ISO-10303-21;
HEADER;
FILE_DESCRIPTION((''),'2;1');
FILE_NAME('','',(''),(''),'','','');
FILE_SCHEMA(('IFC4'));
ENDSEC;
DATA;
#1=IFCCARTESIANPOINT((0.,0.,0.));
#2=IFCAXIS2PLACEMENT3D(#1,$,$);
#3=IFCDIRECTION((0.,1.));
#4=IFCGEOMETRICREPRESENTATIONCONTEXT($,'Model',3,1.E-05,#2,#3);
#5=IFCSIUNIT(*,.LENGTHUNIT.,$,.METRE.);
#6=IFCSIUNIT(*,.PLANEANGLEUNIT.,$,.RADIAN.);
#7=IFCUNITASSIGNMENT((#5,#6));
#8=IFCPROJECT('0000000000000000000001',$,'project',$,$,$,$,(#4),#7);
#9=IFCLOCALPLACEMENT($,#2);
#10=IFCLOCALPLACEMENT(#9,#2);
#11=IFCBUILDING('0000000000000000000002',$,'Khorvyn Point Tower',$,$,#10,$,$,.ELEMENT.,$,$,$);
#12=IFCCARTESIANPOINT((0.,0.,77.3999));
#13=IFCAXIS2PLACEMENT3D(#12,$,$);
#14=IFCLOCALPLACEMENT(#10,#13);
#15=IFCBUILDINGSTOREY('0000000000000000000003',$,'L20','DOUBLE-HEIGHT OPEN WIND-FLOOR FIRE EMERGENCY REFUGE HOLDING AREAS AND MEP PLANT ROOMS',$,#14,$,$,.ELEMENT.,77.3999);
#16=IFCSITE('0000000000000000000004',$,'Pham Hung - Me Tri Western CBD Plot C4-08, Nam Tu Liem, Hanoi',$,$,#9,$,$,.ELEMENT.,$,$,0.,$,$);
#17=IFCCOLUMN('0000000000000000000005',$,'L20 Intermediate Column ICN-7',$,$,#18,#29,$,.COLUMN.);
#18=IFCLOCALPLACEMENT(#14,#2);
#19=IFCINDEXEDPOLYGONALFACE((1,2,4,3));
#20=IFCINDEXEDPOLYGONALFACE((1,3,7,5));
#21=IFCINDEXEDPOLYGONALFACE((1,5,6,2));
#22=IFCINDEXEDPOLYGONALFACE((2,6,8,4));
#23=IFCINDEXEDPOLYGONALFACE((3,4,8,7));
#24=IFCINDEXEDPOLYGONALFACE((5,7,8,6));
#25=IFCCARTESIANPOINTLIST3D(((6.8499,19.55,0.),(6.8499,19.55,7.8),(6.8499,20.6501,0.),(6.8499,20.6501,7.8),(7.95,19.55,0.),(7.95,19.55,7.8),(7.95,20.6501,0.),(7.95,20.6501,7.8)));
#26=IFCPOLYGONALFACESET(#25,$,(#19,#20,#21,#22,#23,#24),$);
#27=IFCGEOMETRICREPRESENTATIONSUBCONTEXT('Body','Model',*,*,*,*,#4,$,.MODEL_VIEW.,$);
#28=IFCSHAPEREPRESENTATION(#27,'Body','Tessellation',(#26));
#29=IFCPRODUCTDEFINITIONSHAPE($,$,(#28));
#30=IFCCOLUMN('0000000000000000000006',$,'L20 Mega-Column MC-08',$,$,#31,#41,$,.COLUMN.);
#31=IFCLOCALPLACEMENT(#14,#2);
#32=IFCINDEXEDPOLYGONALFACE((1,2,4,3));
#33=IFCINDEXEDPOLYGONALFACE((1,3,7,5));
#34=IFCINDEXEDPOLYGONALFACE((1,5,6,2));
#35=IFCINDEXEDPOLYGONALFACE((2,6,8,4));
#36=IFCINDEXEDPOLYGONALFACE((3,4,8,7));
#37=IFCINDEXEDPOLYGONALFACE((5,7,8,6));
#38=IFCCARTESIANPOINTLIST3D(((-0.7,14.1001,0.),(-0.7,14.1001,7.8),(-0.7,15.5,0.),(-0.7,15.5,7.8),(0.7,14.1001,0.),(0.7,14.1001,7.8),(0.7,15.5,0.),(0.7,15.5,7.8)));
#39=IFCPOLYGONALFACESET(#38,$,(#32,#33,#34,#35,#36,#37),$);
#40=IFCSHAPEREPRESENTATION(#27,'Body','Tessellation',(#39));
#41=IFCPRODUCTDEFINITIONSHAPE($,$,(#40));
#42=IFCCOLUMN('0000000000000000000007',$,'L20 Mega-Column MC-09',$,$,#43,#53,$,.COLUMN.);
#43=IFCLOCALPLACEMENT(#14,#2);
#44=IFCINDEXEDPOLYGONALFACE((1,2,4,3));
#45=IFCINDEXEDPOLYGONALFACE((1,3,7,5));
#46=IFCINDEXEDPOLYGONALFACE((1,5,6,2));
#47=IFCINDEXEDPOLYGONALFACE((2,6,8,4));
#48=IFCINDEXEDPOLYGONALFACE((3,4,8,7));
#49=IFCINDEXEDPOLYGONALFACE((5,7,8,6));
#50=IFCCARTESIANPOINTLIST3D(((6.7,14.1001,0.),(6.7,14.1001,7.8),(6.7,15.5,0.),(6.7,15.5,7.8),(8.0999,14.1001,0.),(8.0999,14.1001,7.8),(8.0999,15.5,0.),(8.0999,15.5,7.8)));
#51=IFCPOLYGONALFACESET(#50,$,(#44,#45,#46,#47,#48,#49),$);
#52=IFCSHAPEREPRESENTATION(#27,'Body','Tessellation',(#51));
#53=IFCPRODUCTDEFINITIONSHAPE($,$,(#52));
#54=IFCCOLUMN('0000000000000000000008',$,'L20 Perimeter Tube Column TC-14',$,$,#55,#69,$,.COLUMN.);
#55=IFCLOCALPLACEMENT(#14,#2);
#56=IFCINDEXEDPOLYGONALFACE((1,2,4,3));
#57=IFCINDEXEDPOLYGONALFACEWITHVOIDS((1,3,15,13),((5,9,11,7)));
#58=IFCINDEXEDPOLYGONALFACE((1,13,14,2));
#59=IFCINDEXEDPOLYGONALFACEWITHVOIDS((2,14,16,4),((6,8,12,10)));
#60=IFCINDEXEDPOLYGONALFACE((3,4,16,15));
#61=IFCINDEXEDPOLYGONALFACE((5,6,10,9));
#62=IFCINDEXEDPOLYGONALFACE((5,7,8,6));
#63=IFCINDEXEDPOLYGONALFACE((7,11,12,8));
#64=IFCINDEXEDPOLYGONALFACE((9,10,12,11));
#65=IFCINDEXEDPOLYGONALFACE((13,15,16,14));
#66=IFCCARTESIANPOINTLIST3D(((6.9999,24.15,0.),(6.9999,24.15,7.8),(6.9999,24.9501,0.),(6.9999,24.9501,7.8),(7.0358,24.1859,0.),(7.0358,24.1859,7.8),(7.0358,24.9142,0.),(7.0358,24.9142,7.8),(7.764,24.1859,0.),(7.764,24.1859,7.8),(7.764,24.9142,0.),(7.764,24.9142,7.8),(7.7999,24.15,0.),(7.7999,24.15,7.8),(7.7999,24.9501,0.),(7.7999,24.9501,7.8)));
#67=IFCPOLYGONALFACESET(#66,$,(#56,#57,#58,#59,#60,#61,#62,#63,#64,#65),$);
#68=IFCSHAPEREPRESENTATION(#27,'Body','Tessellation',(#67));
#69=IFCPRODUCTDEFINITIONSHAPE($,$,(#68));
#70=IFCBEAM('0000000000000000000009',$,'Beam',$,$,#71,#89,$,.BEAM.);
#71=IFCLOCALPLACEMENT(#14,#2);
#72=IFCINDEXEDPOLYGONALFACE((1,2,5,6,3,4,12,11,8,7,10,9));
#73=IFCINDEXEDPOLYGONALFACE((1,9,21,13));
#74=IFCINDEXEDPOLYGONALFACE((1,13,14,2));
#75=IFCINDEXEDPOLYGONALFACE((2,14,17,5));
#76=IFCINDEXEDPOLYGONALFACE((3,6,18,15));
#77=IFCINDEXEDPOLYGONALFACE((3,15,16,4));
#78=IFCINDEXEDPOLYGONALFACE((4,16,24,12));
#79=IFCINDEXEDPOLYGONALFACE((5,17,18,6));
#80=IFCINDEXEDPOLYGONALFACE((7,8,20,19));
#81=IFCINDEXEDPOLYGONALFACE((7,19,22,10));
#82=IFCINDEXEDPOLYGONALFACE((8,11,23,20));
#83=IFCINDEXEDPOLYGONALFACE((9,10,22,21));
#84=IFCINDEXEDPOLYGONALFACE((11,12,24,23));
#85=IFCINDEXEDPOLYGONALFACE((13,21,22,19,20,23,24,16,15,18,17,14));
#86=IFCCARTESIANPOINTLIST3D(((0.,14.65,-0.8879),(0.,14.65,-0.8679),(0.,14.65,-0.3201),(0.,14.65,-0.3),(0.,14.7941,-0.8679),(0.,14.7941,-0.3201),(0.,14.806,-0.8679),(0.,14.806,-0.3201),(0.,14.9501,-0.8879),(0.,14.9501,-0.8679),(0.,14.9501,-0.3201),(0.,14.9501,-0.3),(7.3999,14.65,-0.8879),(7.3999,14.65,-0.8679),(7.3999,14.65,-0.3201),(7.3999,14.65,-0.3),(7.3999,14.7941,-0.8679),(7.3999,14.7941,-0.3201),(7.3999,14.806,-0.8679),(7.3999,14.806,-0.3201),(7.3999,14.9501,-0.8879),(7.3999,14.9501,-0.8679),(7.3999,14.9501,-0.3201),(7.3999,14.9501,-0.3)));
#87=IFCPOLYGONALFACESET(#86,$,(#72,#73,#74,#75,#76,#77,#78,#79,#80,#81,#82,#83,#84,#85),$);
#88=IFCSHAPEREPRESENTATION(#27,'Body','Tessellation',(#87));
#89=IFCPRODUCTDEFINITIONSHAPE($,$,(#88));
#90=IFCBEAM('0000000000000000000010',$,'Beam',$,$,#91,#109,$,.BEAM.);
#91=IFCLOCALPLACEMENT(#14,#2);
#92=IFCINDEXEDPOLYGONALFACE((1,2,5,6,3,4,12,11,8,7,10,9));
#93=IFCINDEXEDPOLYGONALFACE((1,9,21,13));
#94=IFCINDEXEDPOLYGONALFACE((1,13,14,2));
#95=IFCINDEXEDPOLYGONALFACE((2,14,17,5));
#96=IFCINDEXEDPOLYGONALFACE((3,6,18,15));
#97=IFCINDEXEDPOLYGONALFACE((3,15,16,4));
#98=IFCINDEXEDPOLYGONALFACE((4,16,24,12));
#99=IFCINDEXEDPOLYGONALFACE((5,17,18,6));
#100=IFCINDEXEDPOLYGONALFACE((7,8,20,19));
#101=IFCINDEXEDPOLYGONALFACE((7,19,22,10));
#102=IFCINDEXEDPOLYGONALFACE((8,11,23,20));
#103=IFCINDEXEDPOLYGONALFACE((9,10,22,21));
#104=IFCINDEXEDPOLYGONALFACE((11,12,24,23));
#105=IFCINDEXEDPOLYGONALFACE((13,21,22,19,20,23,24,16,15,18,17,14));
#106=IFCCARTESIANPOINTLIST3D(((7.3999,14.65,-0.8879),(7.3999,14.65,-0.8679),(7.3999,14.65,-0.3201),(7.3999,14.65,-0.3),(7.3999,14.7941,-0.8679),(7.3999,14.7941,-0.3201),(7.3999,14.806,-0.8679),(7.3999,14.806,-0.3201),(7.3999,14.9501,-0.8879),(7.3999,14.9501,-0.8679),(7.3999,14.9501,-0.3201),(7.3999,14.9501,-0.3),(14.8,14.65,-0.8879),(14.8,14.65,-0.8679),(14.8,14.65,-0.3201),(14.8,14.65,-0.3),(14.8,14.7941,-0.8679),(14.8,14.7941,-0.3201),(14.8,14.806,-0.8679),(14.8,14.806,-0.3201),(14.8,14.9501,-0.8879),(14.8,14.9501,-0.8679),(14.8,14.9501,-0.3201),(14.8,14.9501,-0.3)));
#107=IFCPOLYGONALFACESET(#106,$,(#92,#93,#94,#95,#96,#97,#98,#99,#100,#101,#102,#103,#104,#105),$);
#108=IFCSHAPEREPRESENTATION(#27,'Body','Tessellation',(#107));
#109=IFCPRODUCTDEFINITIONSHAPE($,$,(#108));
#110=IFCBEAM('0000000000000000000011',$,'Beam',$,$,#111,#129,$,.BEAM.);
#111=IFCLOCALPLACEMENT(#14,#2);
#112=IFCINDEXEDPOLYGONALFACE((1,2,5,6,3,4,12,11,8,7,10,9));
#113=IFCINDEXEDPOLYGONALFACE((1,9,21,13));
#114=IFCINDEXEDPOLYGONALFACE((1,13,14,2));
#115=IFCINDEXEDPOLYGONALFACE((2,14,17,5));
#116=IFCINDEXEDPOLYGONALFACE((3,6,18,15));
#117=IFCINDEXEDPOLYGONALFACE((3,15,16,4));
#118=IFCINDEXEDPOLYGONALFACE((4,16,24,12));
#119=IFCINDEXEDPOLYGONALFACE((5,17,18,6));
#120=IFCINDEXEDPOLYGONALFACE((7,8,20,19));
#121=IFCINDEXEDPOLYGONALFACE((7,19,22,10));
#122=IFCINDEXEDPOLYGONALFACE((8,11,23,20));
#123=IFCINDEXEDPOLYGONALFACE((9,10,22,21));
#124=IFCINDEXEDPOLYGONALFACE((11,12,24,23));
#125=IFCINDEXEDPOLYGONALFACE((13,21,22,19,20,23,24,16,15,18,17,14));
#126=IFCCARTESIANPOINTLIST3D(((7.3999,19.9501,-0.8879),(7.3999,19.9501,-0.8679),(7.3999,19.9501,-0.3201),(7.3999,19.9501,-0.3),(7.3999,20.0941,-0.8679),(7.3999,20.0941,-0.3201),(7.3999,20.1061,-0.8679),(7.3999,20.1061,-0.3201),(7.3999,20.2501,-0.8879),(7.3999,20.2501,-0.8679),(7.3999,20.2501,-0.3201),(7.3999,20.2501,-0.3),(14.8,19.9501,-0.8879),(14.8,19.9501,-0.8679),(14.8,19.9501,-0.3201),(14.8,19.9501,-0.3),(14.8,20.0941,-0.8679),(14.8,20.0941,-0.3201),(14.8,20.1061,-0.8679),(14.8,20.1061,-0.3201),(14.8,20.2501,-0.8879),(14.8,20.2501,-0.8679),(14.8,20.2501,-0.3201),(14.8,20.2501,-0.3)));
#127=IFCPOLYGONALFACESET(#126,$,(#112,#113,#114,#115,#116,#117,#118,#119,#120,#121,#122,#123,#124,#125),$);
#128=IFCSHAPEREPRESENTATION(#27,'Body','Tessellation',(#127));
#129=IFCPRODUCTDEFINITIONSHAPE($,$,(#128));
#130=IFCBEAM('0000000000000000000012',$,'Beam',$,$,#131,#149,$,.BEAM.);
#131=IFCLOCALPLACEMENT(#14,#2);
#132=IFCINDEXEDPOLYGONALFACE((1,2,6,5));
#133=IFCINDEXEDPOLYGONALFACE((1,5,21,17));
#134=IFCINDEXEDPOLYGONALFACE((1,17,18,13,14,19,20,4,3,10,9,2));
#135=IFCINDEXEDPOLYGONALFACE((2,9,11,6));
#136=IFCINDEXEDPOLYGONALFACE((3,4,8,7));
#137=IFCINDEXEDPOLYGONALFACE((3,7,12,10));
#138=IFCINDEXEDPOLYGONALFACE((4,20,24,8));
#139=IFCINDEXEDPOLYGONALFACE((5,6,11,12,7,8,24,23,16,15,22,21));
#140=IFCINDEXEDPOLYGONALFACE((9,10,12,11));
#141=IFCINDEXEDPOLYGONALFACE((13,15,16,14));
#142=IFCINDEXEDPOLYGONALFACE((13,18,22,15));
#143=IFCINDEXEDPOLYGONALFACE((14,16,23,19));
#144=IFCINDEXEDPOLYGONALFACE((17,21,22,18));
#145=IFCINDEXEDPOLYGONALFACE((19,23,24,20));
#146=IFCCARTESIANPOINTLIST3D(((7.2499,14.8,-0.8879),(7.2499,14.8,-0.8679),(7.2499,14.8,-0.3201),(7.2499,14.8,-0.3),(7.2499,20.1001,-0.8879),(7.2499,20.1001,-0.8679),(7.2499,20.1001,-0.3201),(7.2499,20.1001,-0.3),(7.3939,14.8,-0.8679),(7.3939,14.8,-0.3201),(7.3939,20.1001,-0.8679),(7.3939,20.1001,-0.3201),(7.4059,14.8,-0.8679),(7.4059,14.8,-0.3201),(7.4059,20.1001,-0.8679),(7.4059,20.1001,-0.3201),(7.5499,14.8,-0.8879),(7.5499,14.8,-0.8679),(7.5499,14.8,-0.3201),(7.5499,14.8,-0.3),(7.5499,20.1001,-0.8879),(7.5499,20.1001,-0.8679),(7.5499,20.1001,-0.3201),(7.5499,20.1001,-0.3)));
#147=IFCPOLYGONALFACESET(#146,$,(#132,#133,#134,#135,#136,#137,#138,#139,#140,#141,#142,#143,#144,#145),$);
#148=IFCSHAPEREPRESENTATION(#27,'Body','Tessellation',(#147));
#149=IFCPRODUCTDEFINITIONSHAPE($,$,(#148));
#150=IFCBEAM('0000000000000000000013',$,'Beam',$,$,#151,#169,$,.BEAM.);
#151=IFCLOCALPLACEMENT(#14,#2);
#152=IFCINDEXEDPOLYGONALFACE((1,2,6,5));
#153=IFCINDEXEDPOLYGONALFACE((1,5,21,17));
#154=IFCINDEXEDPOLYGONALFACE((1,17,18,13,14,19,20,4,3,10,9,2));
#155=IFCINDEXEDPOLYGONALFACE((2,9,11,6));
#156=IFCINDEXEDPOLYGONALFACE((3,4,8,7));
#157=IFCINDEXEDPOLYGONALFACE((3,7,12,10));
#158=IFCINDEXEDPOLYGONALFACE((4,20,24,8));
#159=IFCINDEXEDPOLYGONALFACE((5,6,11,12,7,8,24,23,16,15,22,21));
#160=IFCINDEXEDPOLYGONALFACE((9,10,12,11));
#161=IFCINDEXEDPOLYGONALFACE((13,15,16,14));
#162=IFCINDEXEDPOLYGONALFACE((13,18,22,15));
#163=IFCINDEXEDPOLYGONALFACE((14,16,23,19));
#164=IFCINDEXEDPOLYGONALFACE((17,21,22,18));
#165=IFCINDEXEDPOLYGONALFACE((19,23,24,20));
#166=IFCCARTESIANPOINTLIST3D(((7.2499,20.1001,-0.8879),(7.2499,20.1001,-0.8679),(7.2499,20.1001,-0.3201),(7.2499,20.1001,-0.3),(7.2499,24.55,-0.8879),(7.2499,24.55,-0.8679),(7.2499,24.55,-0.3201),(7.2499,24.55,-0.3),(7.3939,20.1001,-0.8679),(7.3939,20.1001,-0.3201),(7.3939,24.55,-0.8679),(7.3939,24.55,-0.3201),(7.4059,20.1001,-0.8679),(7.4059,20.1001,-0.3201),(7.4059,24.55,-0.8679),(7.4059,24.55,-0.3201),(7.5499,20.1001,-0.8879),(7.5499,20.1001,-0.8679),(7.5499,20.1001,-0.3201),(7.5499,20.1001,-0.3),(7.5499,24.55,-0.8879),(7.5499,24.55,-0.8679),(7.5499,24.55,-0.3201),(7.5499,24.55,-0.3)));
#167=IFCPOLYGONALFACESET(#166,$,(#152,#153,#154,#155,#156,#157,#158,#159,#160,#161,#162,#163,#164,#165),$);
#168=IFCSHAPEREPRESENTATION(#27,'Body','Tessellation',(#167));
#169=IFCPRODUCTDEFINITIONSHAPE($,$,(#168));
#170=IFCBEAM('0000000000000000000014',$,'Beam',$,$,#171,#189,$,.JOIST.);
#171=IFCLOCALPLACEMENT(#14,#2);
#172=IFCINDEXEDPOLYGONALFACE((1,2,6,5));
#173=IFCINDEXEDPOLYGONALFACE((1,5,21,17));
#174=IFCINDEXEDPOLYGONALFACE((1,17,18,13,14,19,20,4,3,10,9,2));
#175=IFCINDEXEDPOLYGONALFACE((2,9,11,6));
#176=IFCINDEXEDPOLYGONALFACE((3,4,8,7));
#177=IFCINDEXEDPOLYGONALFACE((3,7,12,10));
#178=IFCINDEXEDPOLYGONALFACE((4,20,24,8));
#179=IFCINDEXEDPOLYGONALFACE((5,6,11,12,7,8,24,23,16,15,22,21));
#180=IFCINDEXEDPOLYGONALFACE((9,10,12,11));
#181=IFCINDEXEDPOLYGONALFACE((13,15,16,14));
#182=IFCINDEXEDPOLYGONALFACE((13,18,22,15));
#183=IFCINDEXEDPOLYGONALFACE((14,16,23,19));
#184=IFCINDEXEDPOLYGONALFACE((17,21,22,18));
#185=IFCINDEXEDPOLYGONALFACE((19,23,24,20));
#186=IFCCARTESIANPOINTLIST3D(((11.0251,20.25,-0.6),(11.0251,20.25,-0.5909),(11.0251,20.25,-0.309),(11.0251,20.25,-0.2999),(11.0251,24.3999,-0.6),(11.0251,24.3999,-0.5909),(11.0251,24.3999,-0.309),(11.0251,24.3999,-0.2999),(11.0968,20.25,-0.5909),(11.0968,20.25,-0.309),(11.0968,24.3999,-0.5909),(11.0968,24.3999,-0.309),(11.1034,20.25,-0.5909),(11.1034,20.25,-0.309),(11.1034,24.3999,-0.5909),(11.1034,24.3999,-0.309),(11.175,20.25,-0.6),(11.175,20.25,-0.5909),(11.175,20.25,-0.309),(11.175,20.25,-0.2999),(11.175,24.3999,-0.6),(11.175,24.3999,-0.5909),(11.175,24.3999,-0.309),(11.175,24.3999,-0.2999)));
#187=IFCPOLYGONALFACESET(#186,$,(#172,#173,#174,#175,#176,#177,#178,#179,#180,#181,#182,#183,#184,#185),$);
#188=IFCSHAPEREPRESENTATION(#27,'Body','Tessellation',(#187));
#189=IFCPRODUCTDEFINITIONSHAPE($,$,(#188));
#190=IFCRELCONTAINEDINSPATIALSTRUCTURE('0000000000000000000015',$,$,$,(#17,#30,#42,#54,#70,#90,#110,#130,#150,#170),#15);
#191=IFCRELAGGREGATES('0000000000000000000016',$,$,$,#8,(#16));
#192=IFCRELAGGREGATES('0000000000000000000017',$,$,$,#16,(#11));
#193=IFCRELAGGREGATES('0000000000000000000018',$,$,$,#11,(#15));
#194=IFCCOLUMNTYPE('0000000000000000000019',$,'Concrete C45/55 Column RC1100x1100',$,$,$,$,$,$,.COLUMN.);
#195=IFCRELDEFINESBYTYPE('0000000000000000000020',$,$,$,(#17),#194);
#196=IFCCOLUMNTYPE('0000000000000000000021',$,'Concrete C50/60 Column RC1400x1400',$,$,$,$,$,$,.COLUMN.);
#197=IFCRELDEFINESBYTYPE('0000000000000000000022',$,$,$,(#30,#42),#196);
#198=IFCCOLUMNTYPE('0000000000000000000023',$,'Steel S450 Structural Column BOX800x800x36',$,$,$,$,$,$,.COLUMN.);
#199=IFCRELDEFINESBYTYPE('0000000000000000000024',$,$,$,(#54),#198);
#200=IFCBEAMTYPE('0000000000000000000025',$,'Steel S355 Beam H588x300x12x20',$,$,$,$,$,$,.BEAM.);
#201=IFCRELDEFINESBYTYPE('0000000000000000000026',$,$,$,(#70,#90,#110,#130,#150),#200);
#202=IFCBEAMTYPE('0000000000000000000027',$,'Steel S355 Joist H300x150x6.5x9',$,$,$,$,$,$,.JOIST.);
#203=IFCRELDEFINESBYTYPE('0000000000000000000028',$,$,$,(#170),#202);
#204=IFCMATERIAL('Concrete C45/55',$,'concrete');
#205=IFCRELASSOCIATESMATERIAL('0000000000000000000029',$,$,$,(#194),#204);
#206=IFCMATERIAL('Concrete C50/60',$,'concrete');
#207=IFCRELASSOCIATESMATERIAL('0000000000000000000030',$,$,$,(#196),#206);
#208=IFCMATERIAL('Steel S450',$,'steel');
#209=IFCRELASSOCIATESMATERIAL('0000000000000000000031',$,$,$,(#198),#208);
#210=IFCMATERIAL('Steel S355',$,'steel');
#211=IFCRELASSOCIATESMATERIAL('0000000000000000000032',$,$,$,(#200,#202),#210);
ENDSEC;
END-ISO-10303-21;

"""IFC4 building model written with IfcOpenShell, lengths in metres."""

from ifc_helpers import new_model, si_unit, direction, frame, origin, origin_2d, place, context, subcontext, project, spatial, rectangle, hollow_rectangle, i_section, extrude, material, material_profile, profile_set, type_object, element, save


model = new_model("IFC4")

# Units and contexts
model_context = context("Model", 3, precision=1e-05, world=origin(), true_north=direction((0.0, 1.0)))
body_context = subcontext(model_context, "Body", "Model", "MODEL_VIEW")
ifc_project = project(units=[si_unit("LENGTHUNIT", "METRE"), si_unit("PLANEANGLEUNIT", "RADIAN")], contexts=[model_context])

# Site, building, storey
site_placement = place(None, origin())
site = spatial("IfcSite", under=ifc_project, at=site_placement, Name="Pham Hung - Me Tri Western CBD Plot C4-08, Nam Tu Liem, Hanoi", CompositionType="ELEMENT", RefElevation=0.0)
building_placement = place(site_placement, origin())
building = spatial("IfcBuilding", under=site, at=building_placement, Name="Khorvyn Point Tower", CompositionType="ELEMENT")
storey_placement = place(building_placement, frame((0.0, 0.0, 77.3999)))
storey = spatial("IfcBuildingStorey", under=building, at=storey_placement, Name="L20", Description="DOUBLE-HEIGHT OPEN WIND-FLOOR FIRE EMERGENCY REFUGE HOLDING AREAS AND MEP PLANT ROOMS", CompositionType="ELEMENT", Elevation=77.3999)

# Columns
ifc_material_1 = material(Name="Concrete C45/55", Category="concrete")
ifc_material_profile_1 = material_profile(ifc_material_1, rectangle(XDim=1.1001, YDim=1.1001, at=origin_2d()))
ifc_profile_set_1 = profile_set([ifc_material_profile_1], Name="Concrete C45/55 RC1100x1100")
column_type_1 = type_object("IfcColumnType", Name="Concrete C45/55 Column RC1100x1100", PredefinedType="COLUMN", material=ifc_profile_set_1)
column_1_placement = place(storey_placement, frame((7.3999, 20.1001, 0.0), z_axis=(0.0, 0.0, 1.0), x_axis=(1.0, 0.0, 0.0)))
element("IfcColumn", 1, at=column_1_placement, inside=storey, type_object=column_type_1, Name="L20 Intermediate Column ICN-7", PredefinedType="COLUMN", context=body_context, shape_type="SweptSolid", body=[
    extrude(rectangle(XDim=1.1001, YDim=1.1001, at=origin_2d()), origin(), (0.0, 0.0, 1.0), 7.8),
])
ifc_material_2 = material(Name="Concrete C50/60", Category="concrete")
ifc_material_profile_2 = material_profile(ifc_material_2, rectangle(XDim=1.3999, YDim=1.3999, at=origin_2d()))
ifc_profile_set_2 = profile_set([ifc_material_profile_2], Name="Concrete C50/60 RC1400x1400")
column_type_2 = type_object("IfcColumnType", Name="Concrete C50/60 Column RC1400x1400", PredefinedType="COLUMN", material=ifc_profile_set_2)
for number, where, z_axis, x_axis, name in (
    (2, (0.0, 14.8, 0.0), (0.0, 0.0, 1.0), (1.0, 0.0, 0.0), "L20 Mega-Column MC-08"),
    (3, (7.3999, 14.8, 0.0), (0.0, 0.0, 1.0), (1.0, 0.0, 0.0), "L20 Mega-Column MC-09"),
):
    element("IfcColumn", number, at=place(storey_placement, frame(where, z_axis=z_axis, x_axis=x_axis)), inside=storey, type_object=column_type_2, Name=name, PredefinedType="COLUMN", context=body_context, shape_type="SweptSolid", body=[
        extrude(rectangle(XDim=1.3999, YDim=1.3999, at=origin_2d()), origin(), (0.0, 0.0, 1.0), 7.8),
    ])
ifc_material_3 = material(Name="Steel S450", Category="steel")
ifc_material_profile_3 = material_profile(ifc_material_3, hollow_rectangle(XDim=0.8, YDim=0.8, WallThickness=0.0359, at=origin_2d()))
ifc_profile_set_3 = profile_set([ifc_material_profile_3], Name="Steel S450 BOX800x800x36")
column_type_3 = type_object("IfcColumnType", Name="Steel S450 Structural Column BOX800x800x36", PredefinedType="COLUMN", material=ifc_profile_set_3)
column_2_placement = place(storey_placement, frame((7.3999, 24.55, 0.0), z_axis=(0.0, 0.0, 1.0), x_axis=(1.0, 0.0, 0.0)))
element("IfcColumn", 4, at=column_2_placement, inside=storey, type_object=column_type_3, Name="L20 Perimeter Tube Column TC-14", PredefinedType="COLUMN", context=body_context, shape_type="SweptSolid", body=[
    extrude(hollow_rectangle(XDim=0.8, YDim=0.8, WallThickness=0.0359, at=origin_2d()), origin(), (0.0, 0.0, 1.0), 7.8),
])

# Beams
ifc_material_4 = material(Name="Steel S355", Category="steel")
ifc_material_profile_4 = material_profile(ifc_material_4, i_section(OverallWidth=0.3, OverallDepth=0.5879, WebThickness=0.012, FlangeThickness=0.02, at=origin_2d()))
ifc_profile_set_4 = profile_set([ifc_material_profile_4], Name="Steel S355 H588x300x12x20")
beam_type_1 = type_object("IfcBeamType", Name="Steel S355 Beam H588x300x12x20", PredefinedType="BEAM", material=ifc_profile_set_4)
beam_1_placement = place(storey_placement, frame((0.0, 14.8, -0.594), z_axis=(1.0, 0.0, 0.0), x_axis=(0.0, 1.0, 0.0)))
element("IfcBeam", 5, at=beam_1_placement, inside=storey, type_object=beam_type_1, Name="Beam", PredefinedType="BEAM", context=body_context, shape_type="SweptSolid", body=[
    extrude(i_section(OverallWidth=0.3, OverallDepth=0.5879, WebThickness=0.012, FlangeThickness=0.02, at=origin_2d()), origin(), (0.0, 0.0, 1.0), 7.3999),
])
for number, where, z_axis, x_axis, name in (
    (6, (7.3999, 14.8, -0.594), (1.0, 0.0, 0.0), (0.0, 1.0, 0.0), "Beam"),
    (7, (7.3999, 20.1001, -0.594), (1.0, 0.0, 0.0), (0.0, 1.0, 0.0), "Beam"),
):
    element("IfcBeam", number, at=place(storey_placement, frame(where, z_axis=z_axis, x_axis=x_axis)), inside=storey, type_object=beam_type_1, Name=name, PredefinedType="BEAM", context=body_context, shape_type="SweptSolid", body=[
        extrude(i_section(OverallWidth=0.3, OverallDepth=0.5879, WebThickness=0.012, FlangeThickness=0.02, at=origin_2d()), origin(), (0.0, 0.0, 1.0), 7.4001),
    ])
beam_2_placement = place(storey_placement, frame((7.3999, 14.8, -0.594), z_axis=(0.0, 1.0, 0.0), x_axis=(-1.0, 0.0, 0.0)))
element("IfcBeam", 8, at=beam_2_placement, inside=storey, type_object=beam_type_1, Name="Beam", PredefinedType="BEAM", context=body_context, shape_type="SweptSolid", body=[
    extrude(i_section(OverallWidth=0.3, OverallDepth=0.5879, WebThickness=0.012, FlangeThickness=0.02, at=origin_2d()), origin(), (0.0, 0.0, 1.0), 5.3),
])
beam_3_placement = place(storey_placement, frame((7.3999, 20.1001, -0.594), z_axis=(0.0, 1.0, 0.0), x_axis=(-1.0, 0.0, 0.0)))
element("IfcBeam", 9, at=beam_3_placement, inside=storey, type_object=beam_type_1, Name="Beam", PredefinedType="BEAM", context=body_context, shape_type="SweptSolid", body=[
    extrude(i_section(OverallWidth=0.3, OverallDepth=0.5879, WebThickness=0.012, FlangeThickness=0.02, at=origin_2d()), origin(), (0.0, 0.0, 1.0), 4.45),
])
ifc_material_profile_5 = material_profile(ifc_material_4, i_section(OverallWidth=0.1499, OverallDepth=0.3, WebThickness=0.0066, FlangeThickness=0.009, at=origin_2d()))
ifc_profile_set_5 = profile_set([ifc_material_profile_5], Name="Steel S355 H300x150x6.5x9")
beam_type_2 = type_object("IfcBeamType", Name="Steel S355 Joist H300x150x6.5x9", PredefinedType="JOIST", material=ifc_profile_set_5)
beam_4_placement = place(storey_placement, frame((11.1001, 20.25, -0.45), z_axis=(0.0, 1.0, 0.0), x_axis=(-1.0, 0.0, 0.0)))
element("IfcBeam", 10, at=beam_4_placement, inside=storey, type_object=beam_type_2, Name="Beam", PredefinedType="JOIST", context=body_context, shape_type="SweptSolid", body=[
    extrude(i_section(OverallWidth=0.1499, OverallDepth=0.3, WebThickness=0.0066, FlangeThickness=0.009, at=origin_2d()), origin(), (0.0, 0.0, 1.0), 4.1499),
])

save(model, "model.ifc")
